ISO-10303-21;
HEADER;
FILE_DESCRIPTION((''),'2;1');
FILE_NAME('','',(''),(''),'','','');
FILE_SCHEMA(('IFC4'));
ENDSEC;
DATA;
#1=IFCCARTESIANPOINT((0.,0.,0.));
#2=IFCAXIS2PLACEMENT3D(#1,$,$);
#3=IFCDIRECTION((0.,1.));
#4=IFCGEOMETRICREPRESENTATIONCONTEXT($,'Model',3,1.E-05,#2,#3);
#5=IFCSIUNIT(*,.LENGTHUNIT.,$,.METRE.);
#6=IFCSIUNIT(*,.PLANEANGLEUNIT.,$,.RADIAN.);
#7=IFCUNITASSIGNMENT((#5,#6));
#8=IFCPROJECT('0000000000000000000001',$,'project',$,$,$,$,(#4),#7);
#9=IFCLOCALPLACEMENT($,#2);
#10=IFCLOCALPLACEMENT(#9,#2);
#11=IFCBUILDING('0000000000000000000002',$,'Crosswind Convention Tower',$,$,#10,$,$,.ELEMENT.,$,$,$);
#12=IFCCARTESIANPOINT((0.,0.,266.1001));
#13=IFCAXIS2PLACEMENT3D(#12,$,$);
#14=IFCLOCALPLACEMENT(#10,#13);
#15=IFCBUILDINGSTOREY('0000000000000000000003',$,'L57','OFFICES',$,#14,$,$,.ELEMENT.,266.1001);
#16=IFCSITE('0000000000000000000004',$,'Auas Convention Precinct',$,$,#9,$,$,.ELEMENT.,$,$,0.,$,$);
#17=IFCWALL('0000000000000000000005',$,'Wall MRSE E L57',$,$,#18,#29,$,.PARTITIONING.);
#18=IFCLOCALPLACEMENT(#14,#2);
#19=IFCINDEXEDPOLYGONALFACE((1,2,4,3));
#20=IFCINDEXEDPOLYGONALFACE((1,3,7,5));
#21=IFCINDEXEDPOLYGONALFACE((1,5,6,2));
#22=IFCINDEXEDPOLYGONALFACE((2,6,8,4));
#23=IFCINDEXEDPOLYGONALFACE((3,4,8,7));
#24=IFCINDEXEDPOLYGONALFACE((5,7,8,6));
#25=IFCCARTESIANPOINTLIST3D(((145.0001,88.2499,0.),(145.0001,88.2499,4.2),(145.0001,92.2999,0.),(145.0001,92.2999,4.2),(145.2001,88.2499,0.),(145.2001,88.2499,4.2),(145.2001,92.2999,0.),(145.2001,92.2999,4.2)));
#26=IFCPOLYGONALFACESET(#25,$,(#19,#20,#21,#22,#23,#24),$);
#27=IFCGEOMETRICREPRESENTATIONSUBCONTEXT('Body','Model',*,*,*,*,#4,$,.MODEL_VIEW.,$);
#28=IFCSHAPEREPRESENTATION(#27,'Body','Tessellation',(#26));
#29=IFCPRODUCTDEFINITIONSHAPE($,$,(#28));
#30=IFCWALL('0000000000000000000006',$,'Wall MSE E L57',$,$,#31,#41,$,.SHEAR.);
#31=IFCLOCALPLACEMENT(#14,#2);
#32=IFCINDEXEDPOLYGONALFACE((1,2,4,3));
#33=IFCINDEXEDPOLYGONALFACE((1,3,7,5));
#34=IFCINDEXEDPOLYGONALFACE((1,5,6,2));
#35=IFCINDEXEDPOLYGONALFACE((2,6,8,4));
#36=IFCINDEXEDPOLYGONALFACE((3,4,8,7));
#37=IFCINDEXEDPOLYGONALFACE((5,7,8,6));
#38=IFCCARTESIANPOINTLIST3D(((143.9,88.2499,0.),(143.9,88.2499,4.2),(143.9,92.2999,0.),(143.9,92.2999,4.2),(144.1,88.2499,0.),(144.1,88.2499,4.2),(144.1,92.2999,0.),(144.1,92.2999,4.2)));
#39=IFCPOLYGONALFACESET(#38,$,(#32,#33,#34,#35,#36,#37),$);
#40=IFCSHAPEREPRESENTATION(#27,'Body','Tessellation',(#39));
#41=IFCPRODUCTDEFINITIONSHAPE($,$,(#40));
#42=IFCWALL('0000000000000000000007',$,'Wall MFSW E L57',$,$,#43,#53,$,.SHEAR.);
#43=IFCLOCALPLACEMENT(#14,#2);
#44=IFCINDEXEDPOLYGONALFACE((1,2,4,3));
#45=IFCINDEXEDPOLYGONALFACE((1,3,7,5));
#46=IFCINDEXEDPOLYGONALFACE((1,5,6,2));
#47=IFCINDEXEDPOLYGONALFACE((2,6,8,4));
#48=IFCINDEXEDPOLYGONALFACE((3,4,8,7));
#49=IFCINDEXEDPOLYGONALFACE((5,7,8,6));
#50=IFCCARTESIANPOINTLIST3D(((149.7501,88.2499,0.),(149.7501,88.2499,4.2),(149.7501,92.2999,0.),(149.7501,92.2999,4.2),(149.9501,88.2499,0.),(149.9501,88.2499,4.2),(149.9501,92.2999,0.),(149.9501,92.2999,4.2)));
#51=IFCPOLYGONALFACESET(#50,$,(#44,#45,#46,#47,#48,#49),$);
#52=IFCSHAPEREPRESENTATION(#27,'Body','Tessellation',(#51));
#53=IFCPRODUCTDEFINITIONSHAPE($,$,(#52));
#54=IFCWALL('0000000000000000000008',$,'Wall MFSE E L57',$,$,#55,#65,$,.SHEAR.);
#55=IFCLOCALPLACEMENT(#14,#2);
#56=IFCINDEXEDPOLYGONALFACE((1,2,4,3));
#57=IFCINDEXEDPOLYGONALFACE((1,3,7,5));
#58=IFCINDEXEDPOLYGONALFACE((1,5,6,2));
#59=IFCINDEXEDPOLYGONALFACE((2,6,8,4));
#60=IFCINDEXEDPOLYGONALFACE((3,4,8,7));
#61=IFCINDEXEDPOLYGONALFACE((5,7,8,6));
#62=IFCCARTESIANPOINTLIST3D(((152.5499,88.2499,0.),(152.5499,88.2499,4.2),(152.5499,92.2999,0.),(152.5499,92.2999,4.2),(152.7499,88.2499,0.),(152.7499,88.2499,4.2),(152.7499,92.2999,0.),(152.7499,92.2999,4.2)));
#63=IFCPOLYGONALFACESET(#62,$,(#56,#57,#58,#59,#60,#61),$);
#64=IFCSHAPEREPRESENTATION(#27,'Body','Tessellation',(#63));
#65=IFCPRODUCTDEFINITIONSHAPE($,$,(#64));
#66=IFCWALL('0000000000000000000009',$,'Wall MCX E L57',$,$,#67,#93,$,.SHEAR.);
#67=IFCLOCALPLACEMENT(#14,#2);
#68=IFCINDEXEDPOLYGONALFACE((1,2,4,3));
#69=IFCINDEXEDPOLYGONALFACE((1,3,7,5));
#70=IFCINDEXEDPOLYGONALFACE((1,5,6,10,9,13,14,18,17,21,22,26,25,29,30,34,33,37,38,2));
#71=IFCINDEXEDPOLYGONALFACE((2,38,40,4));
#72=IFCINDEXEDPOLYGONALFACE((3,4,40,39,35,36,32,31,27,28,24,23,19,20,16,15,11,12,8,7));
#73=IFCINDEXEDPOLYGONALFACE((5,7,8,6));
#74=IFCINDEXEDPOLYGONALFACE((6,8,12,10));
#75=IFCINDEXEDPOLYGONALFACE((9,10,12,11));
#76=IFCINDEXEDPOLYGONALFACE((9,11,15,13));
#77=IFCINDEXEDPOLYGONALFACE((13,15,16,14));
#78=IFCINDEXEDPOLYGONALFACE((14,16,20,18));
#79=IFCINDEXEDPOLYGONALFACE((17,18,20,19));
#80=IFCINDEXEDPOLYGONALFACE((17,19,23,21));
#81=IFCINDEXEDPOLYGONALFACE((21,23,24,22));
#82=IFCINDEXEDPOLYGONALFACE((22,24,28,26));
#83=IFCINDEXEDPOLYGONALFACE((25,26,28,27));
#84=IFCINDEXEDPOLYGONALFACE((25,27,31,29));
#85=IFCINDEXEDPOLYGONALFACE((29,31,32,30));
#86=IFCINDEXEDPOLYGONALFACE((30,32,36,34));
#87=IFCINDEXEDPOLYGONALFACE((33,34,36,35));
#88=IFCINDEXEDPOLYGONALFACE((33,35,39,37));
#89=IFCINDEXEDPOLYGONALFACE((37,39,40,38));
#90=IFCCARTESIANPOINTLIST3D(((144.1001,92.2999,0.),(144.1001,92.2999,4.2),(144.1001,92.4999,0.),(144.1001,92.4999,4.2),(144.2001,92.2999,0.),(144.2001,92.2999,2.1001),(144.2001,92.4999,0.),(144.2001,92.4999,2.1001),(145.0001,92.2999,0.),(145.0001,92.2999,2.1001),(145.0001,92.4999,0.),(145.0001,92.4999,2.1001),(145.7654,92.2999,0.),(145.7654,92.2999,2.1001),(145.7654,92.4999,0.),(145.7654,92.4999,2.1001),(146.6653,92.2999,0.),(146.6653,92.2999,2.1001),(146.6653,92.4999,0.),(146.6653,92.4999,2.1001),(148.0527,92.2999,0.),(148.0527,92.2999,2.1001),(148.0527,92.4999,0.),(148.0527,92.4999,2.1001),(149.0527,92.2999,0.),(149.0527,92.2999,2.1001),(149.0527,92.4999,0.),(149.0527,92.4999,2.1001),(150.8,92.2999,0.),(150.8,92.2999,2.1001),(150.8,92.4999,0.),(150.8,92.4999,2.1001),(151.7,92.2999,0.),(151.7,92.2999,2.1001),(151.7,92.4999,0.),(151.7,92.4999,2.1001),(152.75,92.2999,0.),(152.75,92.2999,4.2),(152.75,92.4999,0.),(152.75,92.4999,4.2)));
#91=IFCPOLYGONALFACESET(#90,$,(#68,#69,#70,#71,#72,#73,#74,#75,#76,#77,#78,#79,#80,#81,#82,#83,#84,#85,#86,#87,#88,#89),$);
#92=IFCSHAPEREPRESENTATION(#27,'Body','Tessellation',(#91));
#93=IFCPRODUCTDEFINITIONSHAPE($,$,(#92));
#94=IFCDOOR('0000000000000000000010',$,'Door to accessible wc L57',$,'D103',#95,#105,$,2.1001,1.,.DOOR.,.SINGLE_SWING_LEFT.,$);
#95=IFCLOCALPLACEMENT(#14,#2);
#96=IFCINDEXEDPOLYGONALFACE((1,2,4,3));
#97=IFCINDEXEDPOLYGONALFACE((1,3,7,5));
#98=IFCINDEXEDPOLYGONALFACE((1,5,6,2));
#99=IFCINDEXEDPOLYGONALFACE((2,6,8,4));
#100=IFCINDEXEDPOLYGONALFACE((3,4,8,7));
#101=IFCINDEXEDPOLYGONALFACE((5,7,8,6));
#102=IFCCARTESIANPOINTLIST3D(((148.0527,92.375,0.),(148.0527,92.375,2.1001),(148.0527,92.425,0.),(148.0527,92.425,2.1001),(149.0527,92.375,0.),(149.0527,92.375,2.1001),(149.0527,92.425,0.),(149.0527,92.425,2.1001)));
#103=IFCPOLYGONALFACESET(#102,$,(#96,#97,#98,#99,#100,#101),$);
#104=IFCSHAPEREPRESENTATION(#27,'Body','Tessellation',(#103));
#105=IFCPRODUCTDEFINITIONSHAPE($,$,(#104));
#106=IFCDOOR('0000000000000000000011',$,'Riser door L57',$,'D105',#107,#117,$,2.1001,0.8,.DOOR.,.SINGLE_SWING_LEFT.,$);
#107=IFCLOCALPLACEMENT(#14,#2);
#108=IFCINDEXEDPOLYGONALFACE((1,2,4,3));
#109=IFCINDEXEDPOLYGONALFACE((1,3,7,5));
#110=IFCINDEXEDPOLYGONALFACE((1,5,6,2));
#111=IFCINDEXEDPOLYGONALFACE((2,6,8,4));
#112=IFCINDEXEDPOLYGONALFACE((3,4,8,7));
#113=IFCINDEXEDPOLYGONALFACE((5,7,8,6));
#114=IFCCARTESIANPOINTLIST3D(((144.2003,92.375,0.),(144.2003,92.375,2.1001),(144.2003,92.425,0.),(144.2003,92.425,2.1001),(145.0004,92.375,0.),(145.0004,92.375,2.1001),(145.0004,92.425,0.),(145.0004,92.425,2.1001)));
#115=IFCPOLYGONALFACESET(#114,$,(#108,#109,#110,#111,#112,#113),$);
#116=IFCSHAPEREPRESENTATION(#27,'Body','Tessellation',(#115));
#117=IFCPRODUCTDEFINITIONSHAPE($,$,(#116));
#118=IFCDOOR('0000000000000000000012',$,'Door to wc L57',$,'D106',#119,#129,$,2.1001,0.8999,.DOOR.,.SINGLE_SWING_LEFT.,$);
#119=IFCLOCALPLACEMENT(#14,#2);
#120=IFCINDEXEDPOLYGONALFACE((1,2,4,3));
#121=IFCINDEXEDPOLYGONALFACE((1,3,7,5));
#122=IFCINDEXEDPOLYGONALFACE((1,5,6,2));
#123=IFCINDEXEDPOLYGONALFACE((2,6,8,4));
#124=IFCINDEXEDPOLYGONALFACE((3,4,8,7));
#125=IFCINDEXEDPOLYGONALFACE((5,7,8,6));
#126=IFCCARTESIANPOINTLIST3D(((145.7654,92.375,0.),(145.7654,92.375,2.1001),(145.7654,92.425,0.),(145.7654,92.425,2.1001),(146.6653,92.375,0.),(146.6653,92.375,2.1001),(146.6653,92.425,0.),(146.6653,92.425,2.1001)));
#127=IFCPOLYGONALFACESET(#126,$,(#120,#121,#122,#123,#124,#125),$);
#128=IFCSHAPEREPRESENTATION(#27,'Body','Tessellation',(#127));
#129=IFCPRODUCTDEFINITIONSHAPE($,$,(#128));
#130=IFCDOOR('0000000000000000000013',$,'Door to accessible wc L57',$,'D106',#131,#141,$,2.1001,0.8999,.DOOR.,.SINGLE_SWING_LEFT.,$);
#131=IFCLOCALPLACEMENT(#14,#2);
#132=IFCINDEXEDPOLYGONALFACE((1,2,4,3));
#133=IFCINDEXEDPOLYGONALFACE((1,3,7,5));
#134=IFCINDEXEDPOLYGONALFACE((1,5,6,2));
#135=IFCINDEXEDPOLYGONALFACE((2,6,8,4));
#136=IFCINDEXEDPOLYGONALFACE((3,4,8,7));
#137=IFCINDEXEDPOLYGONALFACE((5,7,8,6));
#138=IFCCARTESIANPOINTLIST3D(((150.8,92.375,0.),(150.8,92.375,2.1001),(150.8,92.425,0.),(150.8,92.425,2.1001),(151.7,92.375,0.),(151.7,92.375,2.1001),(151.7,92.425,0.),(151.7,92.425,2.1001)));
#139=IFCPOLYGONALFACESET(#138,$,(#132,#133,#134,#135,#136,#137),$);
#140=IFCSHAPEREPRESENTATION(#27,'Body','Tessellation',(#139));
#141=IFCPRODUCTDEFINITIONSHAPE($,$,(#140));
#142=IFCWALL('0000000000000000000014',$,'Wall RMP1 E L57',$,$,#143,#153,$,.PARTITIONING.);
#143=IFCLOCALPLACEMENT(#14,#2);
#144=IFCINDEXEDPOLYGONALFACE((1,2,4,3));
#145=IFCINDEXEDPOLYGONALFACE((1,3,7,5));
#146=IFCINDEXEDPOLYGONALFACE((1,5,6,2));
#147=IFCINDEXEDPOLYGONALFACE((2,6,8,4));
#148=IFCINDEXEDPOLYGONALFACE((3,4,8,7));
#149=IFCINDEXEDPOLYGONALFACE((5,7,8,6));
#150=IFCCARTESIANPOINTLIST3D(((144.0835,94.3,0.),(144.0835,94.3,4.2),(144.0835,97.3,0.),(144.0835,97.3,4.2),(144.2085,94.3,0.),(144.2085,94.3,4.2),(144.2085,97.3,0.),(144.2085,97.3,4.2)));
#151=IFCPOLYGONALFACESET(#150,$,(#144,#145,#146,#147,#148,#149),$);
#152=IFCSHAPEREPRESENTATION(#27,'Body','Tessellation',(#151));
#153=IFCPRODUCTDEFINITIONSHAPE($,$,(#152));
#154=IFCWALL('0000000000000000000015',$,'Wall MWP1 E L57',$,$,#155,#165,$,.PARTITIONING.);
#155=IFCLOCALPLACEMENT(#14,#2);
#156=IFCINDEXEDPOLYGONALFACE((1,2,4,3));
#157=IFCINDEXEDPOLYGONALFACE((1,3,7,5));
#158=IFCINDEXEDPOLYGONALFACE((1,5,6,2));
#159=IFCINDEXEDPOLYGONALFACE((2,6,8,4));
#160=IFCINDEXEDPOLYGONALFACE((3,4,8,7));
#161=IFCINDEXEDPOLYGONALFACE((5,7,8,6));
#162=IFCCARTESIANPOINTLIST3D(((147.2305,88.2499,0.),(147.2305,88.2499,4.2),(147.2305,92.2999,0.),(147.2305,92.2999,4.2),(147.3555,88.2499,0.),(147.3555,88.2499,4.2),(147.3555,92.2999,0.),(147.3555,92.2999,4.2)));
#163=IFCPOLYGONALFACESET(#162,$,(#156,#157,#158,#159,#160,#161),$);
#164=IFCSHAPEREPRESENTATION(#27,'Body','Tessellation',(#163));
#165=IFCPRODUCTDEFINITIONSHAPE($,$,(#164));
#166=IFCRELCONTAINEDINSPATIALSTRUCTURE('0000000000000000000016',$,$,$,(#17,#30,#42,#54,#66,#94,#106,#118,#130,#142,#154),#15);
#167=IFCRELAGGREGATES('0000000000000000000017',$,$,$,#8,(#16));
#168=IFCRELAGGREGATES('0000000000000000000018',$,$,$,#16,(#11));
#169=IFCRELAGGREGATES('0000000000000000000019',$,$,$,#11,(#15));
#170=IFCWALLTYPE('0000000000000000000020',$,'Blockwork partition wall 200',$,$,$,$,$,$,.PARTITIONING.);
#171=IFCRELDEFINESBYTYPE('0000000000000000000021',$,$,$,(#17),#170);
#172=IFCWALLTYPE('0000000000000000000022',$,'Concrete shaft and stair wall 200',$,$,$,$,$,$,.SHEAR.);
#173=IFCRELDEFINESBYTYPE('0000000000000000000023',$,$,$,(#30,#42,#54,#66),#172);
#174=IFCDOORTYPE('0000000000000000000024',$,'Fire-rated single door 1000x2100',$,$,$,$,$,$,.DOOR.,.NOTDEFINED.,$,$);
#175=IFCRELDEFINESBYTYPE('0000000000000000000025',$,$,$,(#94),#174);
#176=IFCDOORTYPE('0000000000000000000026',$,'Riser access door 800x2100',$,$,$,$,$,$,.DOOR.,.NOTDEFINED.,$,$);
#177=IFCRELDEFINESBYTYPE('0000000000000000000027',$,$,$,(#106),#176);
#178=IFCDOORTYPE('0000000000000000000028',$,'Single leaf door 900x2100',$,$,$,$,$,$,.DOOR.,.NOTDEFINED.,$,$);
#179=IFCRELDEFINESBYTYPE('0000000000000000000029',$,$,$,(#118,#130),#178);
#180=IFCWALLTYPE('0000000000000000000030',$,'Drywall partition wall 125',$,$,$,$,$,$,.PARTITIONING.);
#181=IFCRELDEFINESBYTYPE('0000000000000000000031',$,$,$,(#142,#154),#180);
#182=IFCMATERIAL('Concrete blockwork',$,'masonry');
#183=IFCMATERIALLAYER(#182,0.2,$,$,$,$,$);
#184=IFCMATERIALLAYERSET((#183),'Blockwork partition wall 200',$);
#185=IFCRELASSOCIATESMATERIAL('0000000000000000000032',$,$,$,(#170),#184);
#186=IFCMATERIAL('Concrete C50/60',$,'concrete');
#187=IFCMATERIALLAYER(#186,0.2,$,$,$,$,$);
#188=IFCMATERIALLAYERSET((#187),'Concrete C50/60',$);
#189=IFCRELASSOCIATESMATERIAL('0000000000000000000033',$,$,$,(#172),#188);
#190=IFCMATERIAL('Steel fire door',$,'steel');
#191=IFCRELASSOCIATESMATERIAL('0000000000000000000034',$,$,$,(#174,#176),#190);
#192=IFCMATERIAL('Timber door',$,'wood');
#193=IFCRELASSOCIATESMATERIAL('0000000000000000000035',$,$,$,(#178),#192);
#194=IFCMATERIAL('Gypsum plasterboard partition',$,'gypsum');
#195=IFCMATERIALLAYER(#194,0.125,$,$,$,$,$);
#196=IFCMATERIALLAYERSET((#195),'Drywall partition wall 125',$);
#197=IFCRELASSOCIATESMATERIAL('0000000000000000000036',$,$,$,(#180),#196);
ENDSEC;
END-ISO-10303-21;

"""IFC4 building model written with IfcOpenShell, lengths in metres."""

from ifc_helpers import new_model, si_unit, direction, frame, frame_2d, origin, place, context, subcontext, project, spatial, rectangle, extrude, material, layer, layer_set, type_object, element, fill, save


model = new_model("IFC4")

# Units and contexts
model_context = context("Model", 3, precision=1e-05, world=origin(), true_north=direction((0.0, 1.0)))
body_context = subcontext(model_context, "Body", "Model", "MODEL_VIEW")
ifc_project = project(units=[si_unit("LENGTHUNIT", "METRE"), si_unit("PLANEANGLEUNIT", "RADIAN")], contexts=[model_context])

# Site, building, storey
site_placement = place(None, origin())
site = spatial("IfcSite", under=ifc_project, at=site_placement, Name="Auas Convention Precinct", CompositionType="ELEMENT", RefElevation=0.0)
building_placement = place(site_placement, origin())
building = spatial("IfcBuilding", under=site, at=building_placement, Name="Crosswind Convention Tower", CompositionType="ELEMENT")
storey_placement = place(building_placement, frame((0.0, 0.0, 266.1001)))
storey = spatial("IfcBuildingStorey", under=building, at=storey_placement, Name="L57", Description="OFFICES", CompositionType="ELEMENT", Elevation=266.1001)

# Walls
ifc_material_1 = material(Name="Concrete blockwork", Category="masonry")
ifc_layer_1 = layer(ifc_material_1, 0.2)
ifc_layer_set_1 = layer_set([ifc_layer_1], Name="Blockwork partition wall 200")
wall_type_1 = type_object("IfcWallType", Name="Blockwork partition wall 200", PredefinedType="PARTITIONING", material=ifc_layer_set_1)
wall_1_placement = place(storey_placement, frame((145.1001, 88.25, 0.0), z_axis=(0.0, 0.0, 1.0), x_axis=(0.0, 1.0, 0.0)))
element("IfcWall", 1, at=wall_1_placement, inside=storey, type_object=wall_type_1, Name="Wall MRSE E L57", PredefinedType="PARTITIONING", context=body_context, shape_type="SweptSolid", body=[
    extrude(rectangle(XDim=4.05, YDim=0.2, at=frame_2d((2.0249, 0.0))), origin(), (0.0, 0.0, 1.0), 4.2),
])
ifc_material_2 = material(Name="Concrete C50/60", Category="concrete")
ifc_layer_2 = layer(ifc_material_2, 0.2)
ifc_layer_set_2 = layer_set([ifc_layer_2], Name="Concrete C50/60")
wall_type_2 = type_object("IfcWallType", Name="Concrete shaft and stair wall 200", PredefinedType="SHEAR", material=ifc_layer_set_2)
for number, where, z_axis, x_axis, name in (
    (2, (144.0, 88.25, 0.0), (0.0, 0.0, 1.0), (0.0, 1.0, 0.0), "Wall MSE E L57"),
    (3, (149.8501, 88.25, 0.0), (0.0, 0.0, 1.0), (0.0, 1.0, 0.0), "Wall MFSW E L57"),
    (4, (152.6499, 88.25, 0.0), (0.0, 0.0, 1.0), (0.0, 1.0, 0.0), "Wall MFSE E L57"),
):
    element("IfcWall", number, at=place(storey_placement, frame(where, z_axis=z_axis, x_axis=x_axis)), inside=storey, type_object=wall_type_2, Name=name, PredefinedType="SHEAR", context=body_context, shape_type="SweptSolid", body=[
        extrude(rectangle(XDim=4.05, YDim=0.2, at=frame_2d((2.0249, 0.0))), origin(), (0.0, 0.0, 1.0), 4.2),
    ])

# Wall, openings, doors
wall_2_placement = place(storey_placement, frame((144.1001, 92.3999, 0.0), z_axis=(0.0, 0.0, 1.0), x_axis=(1.0, 0.0, 0.0)))
wall_2 = element("IfcWall", 5, at=wall_2_placement, inside=storey, type_object=wall_type_2, Name="Wall MCX E L57", PredefinedType="SHEAR", context=body_context, shape_type="SweptSolid", body=[
    extrude(rectangle(XDim=8.6499, YDim=0.2, at=frame_2d((4.325, 0.0))), origin(), (0.0, 0.0, 1.0), 4.2),
])
opening_1_placement = place(wall_2_placement, frame((0.1001, 0.0, 0.0)))
opening_1 = element("IfcOpeningElement", 6, at=opening_1_placement, cuts=wall_2, PredefinedType="OPENING", context=body_context, shape_type="SweptSolid", body=[
    extrude(rectangle(XDim=0.8, YDim=2.1001, at=frame_2d((0.3999, 1.05))), frame((0.0, 0.1099, 0.0), z_axis=(0.0, -1.0, 0.0), x_axis=(1.0, 0.0, 0.0)), (0.0, 0.0, 1.0), 0.22),
])
opening_2_placement = place(wall_2_placement, frame((1.6653, 0.0, 0.0)))
opening_2 = element("IfcOpeningElement", 7, at=opening_2_placement, cuts=wall_2, PredefinedType="OPENING", context=body_context, shape_type="SweptSolid", body=[
    extrude(rectangle(XDim=0.8999, YDim=2.1001, at=frame_2d((0.45, 1.05))), frame((0.0, 0.1099, 0.0), z_axis=(0.0, -1.0, 0.0), x_axis=(1.0, 0.0, 0.0)), (0.0, 0.0, 1.0), 0.22),
])
opening_3_placement = place(wall_2_placement, frame((3.9526, 0.0, 0.0)))
opening_3 = element("IfcOpeningElement", 8, at=opening_3_placement, cuts=wall_2, PredefinedType="OPENING", context=body_context, shape_type="SweptSolid", body=[
    extrude(rectangle(XDim=1.0, YDim=2.1001, at=frame_2d((0.5, 1.05))), frame((0.0, 0.1099, 0.0), z_axis=(0.0, -1.0, 0.0), x_axis=(1.0, 0.0, 0.0)), (0.0, 0.0, 1.0), 0.22),
])
opening_4_placement = place(wall_2_placement, frame((6.7, 0.0, 0.0)))
opening_4 = element("IfcOpeningElement", 9, at=opening_4_placement, cuts=wall_2, PredefinedType="OPENING", context=body_context, shape_type="SweptSolid", body=[
    extrude(rectangle(XDim=0.8999, YDim=2.1001, at=frame_2d((0.45, 1.05))), frame((0.0, 0.1099, 0.0), z_axis=(0.0, -1.0, 0.0), x_axis=(1.0, 0.0, 0.0)), (0.0, 0.0, 1.0), 0.22),
])
ifc_material_3 = material(Name="Steel fire door", Category="steel")
door_type_1 = type_object("IfcDoorType", Name="Fire-rated single door 1000x2100", OperationType="NOTDEFINED", PredefinedType="DOOR", material=ifc_material_3)
door_1_placement = place(opening_3_placement, frame((1.0, 0.0, 0.0), z_axis=(0.0, 0.0, 1.0), x_axis=(-1.0, 0.0, 0.0)))
door_1 = element("IfcDoor", 10, at=door_1_placement, inside=storey, type_object=door_type_1, Name="Door to accessible wc L57", ObjectType="D103", OperationType="SINGLE_SWING_LEFT", OverallHeight=2.1001, OverallWidth=1.0, PredefinedType="DOOR", context=body_context, shape_type="SweptSolid", body=[
    extrude(rectangle(XDim=1.0, YDim=2.1001, at=frame_2d((0.5, 1.05))), frame((0.0, 0.0249, 0.0), z_axis=(0.0, -1.0, 0.0), x_axis=(1.0, 0.0, 0.0)), (0.0, 0.0, 1.0), 0.05),
])
fill(opening_3, door_1)
door_type_2 = type_object("IfcDoorType", Name="Riser access door 800x2100", OperationType="NOTDEFINED", PredefinedType="DOOR", material=ifc_material_3)
door_2_placement = place(opening_1_placement, frame((0.8, 0.0, 0.0), z_axis=(0.0, 0.0, 1.0), x_axis=(-1.0, 0.0, 0.0)))
door_2 = element("IfcDoor", 11, at=door_2_placement, inside=storey, type_object=door_type_2, Name="Riser door L57", ObjectType="D105", OperationType="SINGLE_SWING_LEFT", OverallHeight=2.1001, OverallWidth=0.8, PredefinedType="DOOR", context=body_context, shape_type="SweptSolid", body=[
    extrude(rectangle(XDim=0.8, YDim=2.1001, at=frame_2d((0.3999, 1.05))), frame((0.0, 0.0249, 0.0), z_axis=(0.0, -1.0, 0.0), x_axis=(1.0, 0.0, 0.0)), (0.0, 0.0, 1.0), 0.05),
])
fill(opening_1, door_2)
ifc_material_4 = material(Name="Timber door", Category="wood")
door_type_3 = type_object("IfcDoorType", Name="Single leaf door 900x2100", OperationType="NOTDEFINED", PredefinedType="DOOR", material=ifc_material_4)
door_3_placement = place(opening_2_placement, frame((0.8999, 0.0, 0.0), z_axis=(0.0, 0.0, 1.0), x_axis=(-1.0, 0.0, 0.0)))
door_3 = element("IfcDoor", 12, at=door_3_placement, inside=storey, type_object=door_type_3, Name="Door to wc L57", ObjectType="D106", OperationType="SINGLE_SWING_LEFT", OverallHeight=2.1001, OverallWidth=0.8999, PredefinedType="DOOR", context=body_context, shape_type="SweptSolid", body=[
    extrude(rectangle(XDim=0.8999, YDim=2.1001, at=frame_2d((0.45, 1.05))), frame((0.0, 0.0249, 0.0), z_axis=(0.0, -1.0, 0.0), x_axis=(1.0, 0.0, 0.0)), (0.0, 0.0, 1.0), 0.05),
])
fill(opening_2, door_3)
door_4_placement = place(opening_4_placement, frame((0.8999, 0.0, 0.0), z_axis=(0.0, 0.0, 1.0), x_axis=(-1.0, 0.0, 0.0)))
door_4 = element("IfcDoor", 13, at=door_4_placement, inside=storey, type_object=door_type_3, Name="Door to accessible wc L57", ObjectType="D106", OperationType="SINGLE_SWING_LEFT", OverallHeight=2.1001, OverallWidth=0.8999, PredefinedType="DOOR", context=body_context, shape_type="SweptSolid", body=[
    extrude(rectangle(XDim=0.8999, YDim=2.1001, at=frame_2d((0.45, 1.05))), frame((0.0, 0.0249, 0.0), z_axis=(0.0, -1.0, 0.0), x_axis=(1.0, 0.0, 0.0)), (0.0, 0.0, 1.0), 0.05),
])
fill(opening_4, door_4)

# Walls
ifc_material_5 = material(Name="Gypsum plasterboard partition", Category="gypsum")
ifc_layer_3 = layer(ifc_material_5, 0.125)
ifc_layer_set_3 = layer_set([ifc_layer_3], Name="Drywall partition wall 125")
wall_type_3 = type_object("IfcWallType", Name="Drywall partition wall 125", PredefinedType="PARTITIONING", material=ifc_layer_set_3)
wall_3_placement = place(storey_placement, frame((144.146, 94.3, 0.0), z_axis=(0.0, 0.0, 1.0), x_axis=(0.0, 1.0, 0.0)))
element("IfcWall", 14, at=wall_3_placement, inside=storey, type_object=wall_type_3, Name="Wall RMP1 E L57", PredefinedType="PARTITIONING", context=body_context, shape_type="SweptSolid", body=[
    extrude(rectangle(XDim=3.0, YDim=0.125, at=frame_2d((1.5, 0.0))), origin(), (0.0, 0.0, 1.0), 4.2),
])
wall_4_placement = place(storey_placement, frame((147.293, 88.25, 0.0), z_axis=(0.0, 0.0, 1.0), x_axis=(0.0, 1.0, 0.0)))
element("IfcWall", 15, at=wall_4_placement, inside=storey, type_object=wall_type_3, Name="Wall MWP1 E L57", PredefinedType="PARTITIONING", context=body_context, shape_type="SweptSolid", body=[
    extrude(rectangle(XDim=4.05, YDim=0.125, at=frame_2d((2.0249, 0.0))), origin(), (0.0, 0.0, 1.0), 4.2),
])

save(model, "model.ifc")
